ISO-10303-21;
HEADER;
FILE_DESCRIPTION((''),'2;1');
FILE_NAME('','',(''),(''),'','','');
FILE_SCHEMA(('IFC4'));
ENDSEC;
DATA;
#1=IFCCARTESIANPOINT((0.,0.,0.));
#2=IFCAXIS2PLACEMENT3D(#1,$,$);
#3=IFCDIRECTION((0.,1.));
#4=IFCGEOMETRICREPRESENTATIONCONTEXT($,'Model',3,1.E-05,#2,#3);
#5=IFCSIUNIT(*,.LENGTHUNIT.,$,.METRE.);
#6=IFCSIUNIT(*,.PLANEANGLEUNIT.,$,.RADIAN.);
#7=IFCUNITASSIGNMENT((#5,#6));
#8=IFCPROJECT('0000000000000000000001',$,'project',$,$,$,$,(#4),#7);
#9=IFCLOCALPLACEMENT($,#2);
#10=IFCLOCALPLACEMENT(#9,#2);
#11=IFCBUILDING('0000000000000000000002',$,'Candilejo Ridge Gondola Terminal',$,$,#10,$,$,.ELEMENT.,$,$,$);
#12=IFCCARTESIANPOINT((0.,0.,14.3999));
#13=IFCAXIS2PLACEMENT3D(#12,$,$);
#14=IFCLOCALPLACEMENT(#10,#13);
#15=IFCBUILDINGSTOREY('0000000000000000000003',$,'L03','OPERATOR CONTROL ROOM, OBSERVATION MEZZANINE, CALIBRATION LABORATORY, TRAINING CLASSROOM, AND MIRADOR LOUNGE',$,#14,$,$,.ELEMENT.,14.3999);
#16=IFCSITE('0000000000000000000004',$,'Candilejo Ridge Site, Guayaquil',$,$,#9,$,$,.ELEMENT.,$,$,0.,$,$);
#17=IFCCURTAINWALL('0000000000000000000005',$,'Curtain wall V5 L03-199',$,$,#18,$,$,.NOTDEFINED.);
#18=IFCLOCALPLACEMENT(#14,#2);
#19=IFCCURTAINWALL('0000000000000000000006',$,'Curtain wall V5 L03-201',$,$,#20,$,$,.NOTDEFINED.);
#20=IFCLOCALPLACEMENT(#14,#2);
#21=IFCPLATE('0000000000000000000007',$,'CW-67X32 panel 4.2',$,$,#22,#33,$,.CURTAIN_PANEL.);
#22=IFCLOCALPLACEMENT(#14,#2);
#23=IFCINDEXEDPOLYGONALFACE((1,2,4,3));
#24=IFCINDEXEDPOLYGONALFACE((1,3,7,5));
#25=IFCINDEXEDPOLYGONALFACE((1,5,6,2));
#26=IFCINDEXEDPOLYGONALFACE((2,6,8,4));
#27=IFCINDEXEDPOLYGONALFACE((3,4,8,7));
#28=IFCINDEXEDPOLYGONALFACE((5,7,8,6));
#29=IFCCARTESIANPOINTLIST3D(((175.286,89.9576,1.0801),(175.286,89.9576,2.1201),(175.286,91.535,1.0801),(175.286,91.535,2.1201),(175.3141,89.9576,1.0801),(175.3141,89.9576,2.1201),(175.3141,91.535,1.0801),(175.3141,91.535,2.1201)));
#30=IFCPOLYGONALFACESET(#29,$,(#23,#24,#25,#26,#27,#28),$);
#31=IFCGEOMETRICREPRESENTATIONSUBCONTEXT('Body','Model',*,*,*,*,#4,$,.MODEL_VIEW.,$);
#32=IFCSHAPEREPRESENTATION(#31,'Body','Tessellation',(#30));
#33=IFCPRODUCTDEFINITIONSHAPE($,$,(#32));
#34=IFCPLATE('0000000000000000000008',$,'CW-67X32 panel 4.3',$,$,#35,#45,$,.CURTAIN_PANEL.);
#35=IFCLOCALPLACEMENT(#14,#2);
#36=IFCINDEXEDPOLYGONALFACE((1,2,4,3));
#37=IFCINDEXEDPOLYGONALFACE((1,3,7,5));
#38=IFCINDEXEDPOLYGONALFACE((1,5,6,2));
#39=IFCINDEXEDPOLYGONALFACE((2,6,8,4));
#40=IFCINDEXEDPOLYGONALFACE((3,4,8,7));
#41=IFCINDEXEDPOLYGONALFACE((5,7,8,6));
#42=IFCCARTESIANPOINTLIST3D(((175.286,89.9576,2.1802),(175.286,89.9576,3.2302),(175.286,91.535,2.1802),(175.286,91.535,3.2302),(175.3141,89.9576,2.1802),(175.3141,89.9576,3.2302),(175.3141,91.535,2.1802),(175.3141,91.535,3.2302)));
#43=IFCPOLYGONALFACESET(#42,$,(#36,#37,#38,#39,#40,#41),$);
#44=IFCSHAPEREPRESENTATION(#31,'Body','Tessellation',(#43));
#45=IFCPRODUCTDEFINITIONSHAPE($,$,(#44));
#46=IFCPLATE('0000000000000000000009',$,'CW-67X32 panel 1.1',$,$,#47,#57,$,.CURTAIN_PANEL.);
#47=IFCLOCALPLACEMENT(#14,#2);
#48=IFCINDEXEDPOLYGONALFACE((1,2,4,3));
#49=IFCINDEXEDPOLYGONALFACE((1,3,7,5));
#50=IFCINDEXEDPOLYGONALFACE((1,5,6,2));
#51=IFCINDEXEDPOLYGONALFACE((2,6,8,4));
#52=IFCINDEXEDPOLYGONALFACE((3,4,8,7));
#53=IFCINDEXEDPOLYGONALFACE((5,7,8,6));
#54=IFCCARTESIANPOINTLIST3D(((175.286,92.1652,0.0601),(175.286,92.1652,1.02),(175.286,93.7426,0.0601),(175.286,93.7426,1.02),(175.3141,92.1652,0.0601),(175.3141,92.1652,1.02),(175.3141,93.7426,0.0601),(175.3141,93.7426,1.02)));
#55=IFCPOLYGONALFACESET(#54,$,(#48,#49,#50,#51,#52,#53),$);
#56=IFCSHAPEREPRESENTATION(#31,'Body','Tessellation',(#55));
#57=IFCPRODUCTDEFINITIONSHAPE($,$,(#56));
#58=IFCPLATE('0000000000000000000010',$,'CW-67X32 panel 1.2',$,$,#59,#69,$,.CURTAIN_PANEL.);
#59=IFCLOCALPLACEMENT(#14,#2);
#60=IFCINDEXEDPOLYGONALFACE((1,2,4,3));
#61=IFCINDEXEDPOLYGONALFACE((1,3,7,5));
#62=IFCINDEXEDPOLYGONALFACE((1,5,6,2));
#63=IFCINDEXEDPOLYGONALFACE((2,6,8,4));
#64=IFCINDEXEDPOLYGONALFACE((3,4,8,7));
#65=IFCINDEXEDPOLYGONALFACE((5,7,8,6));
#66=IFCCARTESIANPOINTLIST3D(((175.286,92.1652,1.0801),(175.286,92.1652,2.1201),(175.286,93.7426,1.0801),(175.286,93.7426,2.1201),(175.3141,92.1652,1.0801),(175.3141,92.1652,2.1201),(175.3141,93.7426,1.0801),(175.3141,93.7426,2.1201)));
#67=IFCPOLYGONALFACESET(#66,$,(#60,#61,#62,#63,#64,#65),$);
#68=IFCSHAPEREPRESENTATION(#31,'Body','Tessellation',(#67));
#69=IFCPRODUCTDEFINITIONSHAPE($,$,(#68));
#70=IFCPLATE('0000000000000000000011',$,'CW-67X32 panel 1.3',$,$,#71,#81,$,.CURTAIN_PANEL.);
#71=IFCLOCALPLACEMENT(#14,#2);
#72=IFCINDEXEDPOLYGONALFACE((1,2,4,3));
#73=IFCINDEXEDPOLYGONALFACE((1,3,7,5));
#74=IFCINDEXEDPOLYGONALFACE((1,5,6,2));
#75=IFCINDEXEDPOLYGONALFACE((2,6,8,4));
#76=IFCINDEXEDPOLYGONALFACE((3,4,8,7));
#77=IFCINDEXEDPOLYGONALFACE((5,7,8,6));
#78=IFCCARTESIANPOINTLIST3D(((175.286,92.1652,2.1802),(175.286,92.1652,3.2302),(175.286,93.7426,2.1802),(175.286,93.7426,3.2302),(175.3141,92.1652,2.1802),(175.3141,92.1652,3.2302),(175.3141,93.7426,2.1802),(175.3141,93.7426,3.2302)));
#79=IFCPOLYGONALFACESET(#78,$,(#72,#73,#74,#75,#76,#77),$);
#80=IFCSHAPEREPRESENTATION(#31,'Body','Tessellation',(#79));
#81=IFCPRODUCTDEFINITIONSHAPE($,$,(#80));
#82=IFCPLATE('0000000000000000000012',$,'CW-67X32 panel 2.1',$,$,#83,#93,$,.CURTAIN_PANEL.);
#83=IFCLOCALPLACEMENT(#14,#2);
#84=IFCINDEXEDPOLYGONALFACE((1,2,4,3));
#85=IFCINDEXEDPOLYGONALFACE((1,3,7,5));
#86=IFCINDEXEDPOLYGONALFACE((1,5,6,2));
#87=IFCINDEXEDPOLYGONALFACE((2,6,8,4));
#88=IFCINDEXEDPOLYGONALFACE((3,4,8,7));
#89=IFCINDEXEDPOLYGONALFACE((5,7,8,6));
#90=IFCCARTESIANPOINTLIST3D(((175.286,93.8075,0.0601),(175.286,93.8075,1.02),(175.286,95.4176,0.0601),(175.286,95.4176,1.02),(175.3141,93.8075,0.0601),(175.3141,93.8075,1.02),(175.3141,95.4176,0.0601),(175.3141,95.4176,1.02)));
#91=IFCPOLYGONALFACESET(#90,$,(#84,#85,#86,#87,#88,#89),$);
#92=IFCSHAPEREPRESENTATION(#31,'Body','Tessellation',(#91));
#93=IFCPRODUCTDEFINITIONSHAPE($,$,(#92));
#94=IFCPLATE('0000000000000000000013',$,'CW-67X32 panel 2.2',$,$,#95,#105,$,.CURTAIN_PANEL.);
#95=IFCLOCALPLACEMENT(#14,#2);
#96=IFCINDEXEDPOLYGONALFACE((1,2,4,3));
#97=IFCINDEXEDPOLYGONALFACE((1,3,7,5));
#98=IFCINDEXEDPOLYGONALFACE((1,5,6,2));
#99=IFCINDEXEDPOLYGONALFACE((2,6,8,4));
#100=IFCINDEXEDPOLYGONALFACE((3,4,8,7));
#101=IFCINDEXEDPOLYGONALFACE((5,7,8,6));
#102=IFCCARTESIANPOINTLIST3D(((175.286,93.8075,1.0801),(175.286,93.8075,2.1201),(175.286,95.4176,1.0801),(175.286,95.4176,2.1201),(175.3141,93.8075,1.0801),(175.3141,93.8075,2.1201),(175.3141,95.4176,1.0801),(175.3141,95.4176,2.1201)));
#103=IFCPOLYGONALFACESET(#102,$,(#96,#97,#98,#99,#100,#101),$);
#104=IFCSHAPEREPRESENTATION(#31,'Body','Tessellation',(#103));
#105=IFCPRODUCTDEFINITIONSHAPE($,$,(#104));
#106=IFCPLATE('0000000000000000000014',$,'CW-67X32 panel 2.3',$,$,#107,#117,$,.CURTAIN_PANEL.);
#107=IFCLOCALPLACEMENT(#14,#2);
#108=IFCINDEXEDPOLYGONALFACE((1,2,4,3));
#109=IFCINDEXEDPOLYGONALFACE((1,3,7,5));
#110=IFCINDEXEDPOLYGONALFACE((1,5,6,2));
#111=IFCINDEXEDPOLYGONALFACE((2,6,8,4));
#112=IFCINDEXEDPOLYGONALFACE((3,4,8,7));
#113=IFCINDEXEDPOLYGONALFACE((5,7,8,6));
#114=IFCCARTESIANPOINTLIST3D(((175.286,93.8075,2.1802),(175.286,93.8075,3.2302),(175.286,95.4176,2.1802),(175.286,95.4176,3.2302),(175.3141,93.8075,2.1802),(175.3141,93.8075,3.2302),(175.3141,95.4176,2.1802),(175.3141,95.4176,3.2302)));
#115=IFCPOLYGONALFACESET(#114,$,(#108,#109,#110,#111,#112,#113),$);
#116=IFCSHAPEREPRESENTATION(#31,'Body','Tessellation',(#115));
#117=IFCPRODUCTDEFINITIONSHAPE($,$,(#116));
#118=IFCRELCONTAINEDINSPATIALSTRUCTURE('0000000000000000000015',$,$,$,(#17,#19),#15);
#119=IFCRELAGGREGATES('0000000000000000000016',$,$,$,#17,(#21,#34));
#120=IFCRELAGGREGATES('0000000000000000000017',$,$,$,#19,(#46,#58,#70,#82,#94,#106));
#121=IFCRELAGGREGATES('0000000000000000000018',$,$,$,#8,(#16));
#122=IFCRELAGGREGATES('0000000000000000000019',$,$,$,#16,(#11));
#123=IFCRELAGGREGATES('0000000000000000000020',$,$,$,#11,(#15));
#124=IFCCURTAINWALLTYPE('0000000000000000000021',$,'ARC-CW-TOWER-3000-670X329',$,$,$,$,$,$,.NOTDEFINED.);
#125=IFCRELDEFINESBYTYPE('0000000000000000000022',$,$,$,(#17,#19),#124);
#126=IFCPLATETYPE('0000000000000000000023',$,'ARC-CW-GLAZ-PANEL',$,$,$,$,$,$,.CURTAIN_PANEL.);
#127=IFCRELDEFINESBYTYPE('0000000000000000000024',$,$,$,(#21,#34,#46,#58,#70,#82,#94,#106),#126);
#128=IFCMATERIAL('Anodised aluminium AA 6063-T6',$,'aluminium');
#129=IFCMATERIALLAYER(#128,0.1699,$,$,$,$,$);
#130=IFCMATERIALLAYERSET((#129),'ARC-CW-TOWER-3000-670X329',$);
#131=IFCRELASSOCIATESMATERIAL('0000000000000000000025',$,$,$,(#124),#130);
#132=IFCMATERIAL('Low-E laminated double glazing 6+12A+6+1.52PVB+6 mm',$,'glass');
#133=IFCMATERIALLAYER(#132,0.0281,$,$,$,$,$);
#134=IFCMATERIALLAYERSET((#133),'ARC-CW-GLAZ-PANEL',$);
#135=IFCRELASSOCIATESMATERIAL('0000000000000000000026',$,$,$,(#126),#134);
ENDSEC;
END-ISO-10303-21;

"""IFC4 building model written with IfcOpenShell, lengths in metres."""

from ifc_helpers import new_model, si_unit, direction, frame, origin, origin_2d, place, context, subcontext, project, spatial, rectangle, extrude, material, layer, layer_set, type_object, element, aggregate, save


model = new_model("IFC4")

# Units and contexts
model_context = context("Model", 3, precision=1e-05, world=origin(), true_north=direction((0.0, 1.0)))
body_context = subcontext(model_context, "Body", "Model", "MODEL_VIEW")
ifc_project = project(units=[si_unit("LENGTHUNIT", "METRE"), si_unit("PLANEANGLEUNIT", "RADIAN")], contexts=[model_context])

# Site, building, storey
site_placement = place(None, origin())
site = spatial("IfcSite", under=ifc_project, at=site_placement, Name="Candilejo Ridge Site, Guayaquil", CompositionType="ELEMENT", RefElevation=0.0)
building_placement = place(site_placement, origin())
building = spatial("IfcBuilding", under=site, at=building_placement, Name="Candilejo Ridge Gondola Terminal", CompositionType="ELEMENT")
storey_placement = place(building_placement, frame((0.0, 0.0, 14.3999)))
storey = spatial("IfcBuildingStorey", under=building, at=storey_placement, Name="L03", Description="OPERATOR CONTROL ROOM, OBSERVATION MEZZANINE, CALIBRATION LABORATORY, TRAINING CLASSROOM, AND MIRADOR LOUNGE", CompositionType="ELEMENT", Elevation=14.3999)

# Curtain wall
ifc_material_1 = material(Name="Anodised aluminium AA 6063-T6", Category="aluminium")
ifc_layer_1 = layer(ifc_material_1, 0.1699)
ifc_layer_set_1 = layer_set([ifc_layer_1], Name="ARC-CW-TOWER-3000-670X329")
curtain_wall_type = type_object("IfcCurtainWallType", Name="ARC-CW-TOWER-3000-670X329", PredefinedType="NOTDEFINED", material=ifc_layer_set_1)
curtain_wall_1_placement = place(storey_placement, origin())
curtain_wall_1 = element("IfcCurtainWall", 1, at=curtain_wall_1_placement, inside=storey, type_object=curtain_wall_type, Name="Curtain wall V5 L03-199", PredefinedType="NOTDEFINED")

# Curtain wall
curtain_wall_2_placement = place(storey_placement, origin())
curtain_wall_2 = element("IfcCurtainWall", 2, at=curtain_wall_2_placement, inside=storey, type_object=curtain_wall_type, Name="Curtain wall V5 L03-201", PredefinedType="NOTDEFINED")

# Plates
ifc_material_2 = material(Name="Low-E laminated double glazing 6+12A+6+1.52PVB+6 mm", Category="glass")
ifc_layer_2 = layer(ifc_material_2, 0.0281)
ifc_layer_set_2 = layer_set([ifc_layer_2], Name="ARC-CW-GLAZ-PANEL")
plate_type = type_object("IfcPlateType", Name="ARC-CW-GLAZ-PANEL", PredefinedType="CURTAIN_PANEL", material=ifc_layer_set_2)
plate_1_placement = place(storey_placement, frame((175.3, 90.7463, 1.0801), z_axis=(0.0, 0.0, 1.0), x_axis=(0.0, 1.0, 0.0)))
plate_1 = element("IfcPlate", 3, at=plate_1_placement, type_object=plate_type, Name="CW-67X32 panel 4.2", PredefinedType="CURTAIN_PANEL", context=body_context, shape_type="SweptSolid", body=[
    extrude(rectangle(XDim=1.5774, YDim=0.0281, at=origin_2d()), origin(), (0.0, 0.0, 1.0), 1.04),
])
plate_2_placement = place(storey_placement, frame((175.3, 90.7463, 2.1802), z_axis=(0.0, 0.0, 1.0), x_axis=(0.0, 1.0, 0.0)))
plate_2 = element("IfcPlate", 4, at=plate_2_placement, type_object=plate_type, Name="CW-67X32 panel 4.3", PredefinedType="CURTAIN_PANEL", context=body_context, shape_type="SweptSolid", body=[
    extrude(rectangle(XDim=1.5774, YDim=0.0281, at=origin_2d()), origin(), (0.0, 0.0, 1.0), 1.05),
])
aggregate(curtain_wall_1, [plate_1, plate_2])
plate_3_placement = place(storey_placement, frame((175.3, 92.9539, 0.0601), z_axis=(0.0, 0.0, 1.0), x_axis=(0.0, 1.0, 0.0)))
plate_3 = element("IfcPlate", 5, at=plate_3_placement, type_object=plate_type, Name="CW-67X32 panel 1.1", PredefinedType="CURTAIN_PANEL", context=body_context, shape_type="SweptSolid", body=[
    extrude(rectangle(XDim=1.5774, YDim=0.0281, at=origin_2d()), origin(), (0.0, 0.0, 1.0), 0.96),
])
plate_4_placement = place(storey_placement, frame((175.3, 92.9539, 1.0801), z_axis=(0.0, 0.0, 1.0), x_axis=(0.0, 1.0, 0.0)))
plate_4 = element("IfcPlate", 6, at=plate_4_placement, type_object=plate_type, Name="CW-67X32 panel 1.2", PredefinedType="CURTAIN_PANEL", context=body_context, shape_type="SweptSolid", body=[
    extrude(rectangle(XDim=1.5774, YDim=0.0281, at=origin_2d()), origin(), (0.0, 0.0, 1.0), 1.04),
])
plate_5_placement = place(storey_placement, frame((175.3, 92.9539, 2.1802), z_axis=(0.0, 0.0, 1.0), x_axis=(0.0, 1.0, 0.0)))
plate_5 = element("IfcPlate", 7, at=plate_5_placement, type_object=plate_type, Name="CW-67X32 panel 1.3", PredefinedType="CURTAIN_PANEL", context=body_context, shape_type="SweptSolid", body=[
    extrude(rectangle(XDim=1.5774, YDim=0.0281, at=origin_2d()), origin(), (0.0, 0.0, 1.0), 1.05),
])
plate_6_placement = place(storey_placement, frame((175.3, 94.6125, 0.0601), z_axis=(0.0, 0.0, 1.0), x_axis=(0.0, 1.0, 0.0)))
plate_6 = element("IfcPlate", 8, at=plate_6_placement, type_object=plate_type, Name="CW-67X32 panel 2.1", PredefinedType="CURTAIN_PANEL", context=body_context, shape_type="SweptSolid", body=[
    extrude(rectangle(XDim=1.6101, YDim=0.0281, at=origin_2d()), origin(), (0.0, 0.0, 1.0), 0.96),
])
plate_7_placement = place(storey_placement, frame((175.3, 94.6125, 1.0801), z_axis=(0.0, 0.0, 1.0), x_axis=(0.0, 1.0, 0.0)))
plate_7 = element("IfcPlate", 9, at=plate_7_placement, type_object=plate_type, Name="CW-67X32 panel 2.2", PredefinedType="CURTAIN_PANEL", context=body_context, shape_type="SweptSolid", body=[
    extrude(rectangle(XDim=1.6101, YDim=0.0281, at=origin_2d()), origin(), (0.0, 0.0, 1.0), 1.04),
])
plate_8_placement = place(storey_placement, frame((175.3, 94.6125, 2.1802), z_axis=(0.0, 0.0, 1.0), x_axis=(0.0, 1.0, 0.0)))
plate_8 = element("IfcPlate", 10, at=plate_8_placement, type_object=plate_type, Name="CW-67X32 panel 2.3", PredefinedType="CURTAIN_PANEL", context=body_context, shape_type="SweptSolid", body=[
    extrude(rectangle(XDim=1.6101, YDim=0.0281, at=origin_2d()), origin(), (0.0, 0.0, 1.0), 1.05),
])
aggregate(curtain_wall_2, [plate_3, plate_4, plate_5, plate_6, plate_7, plate_8])

save(model, "model.ifc")
